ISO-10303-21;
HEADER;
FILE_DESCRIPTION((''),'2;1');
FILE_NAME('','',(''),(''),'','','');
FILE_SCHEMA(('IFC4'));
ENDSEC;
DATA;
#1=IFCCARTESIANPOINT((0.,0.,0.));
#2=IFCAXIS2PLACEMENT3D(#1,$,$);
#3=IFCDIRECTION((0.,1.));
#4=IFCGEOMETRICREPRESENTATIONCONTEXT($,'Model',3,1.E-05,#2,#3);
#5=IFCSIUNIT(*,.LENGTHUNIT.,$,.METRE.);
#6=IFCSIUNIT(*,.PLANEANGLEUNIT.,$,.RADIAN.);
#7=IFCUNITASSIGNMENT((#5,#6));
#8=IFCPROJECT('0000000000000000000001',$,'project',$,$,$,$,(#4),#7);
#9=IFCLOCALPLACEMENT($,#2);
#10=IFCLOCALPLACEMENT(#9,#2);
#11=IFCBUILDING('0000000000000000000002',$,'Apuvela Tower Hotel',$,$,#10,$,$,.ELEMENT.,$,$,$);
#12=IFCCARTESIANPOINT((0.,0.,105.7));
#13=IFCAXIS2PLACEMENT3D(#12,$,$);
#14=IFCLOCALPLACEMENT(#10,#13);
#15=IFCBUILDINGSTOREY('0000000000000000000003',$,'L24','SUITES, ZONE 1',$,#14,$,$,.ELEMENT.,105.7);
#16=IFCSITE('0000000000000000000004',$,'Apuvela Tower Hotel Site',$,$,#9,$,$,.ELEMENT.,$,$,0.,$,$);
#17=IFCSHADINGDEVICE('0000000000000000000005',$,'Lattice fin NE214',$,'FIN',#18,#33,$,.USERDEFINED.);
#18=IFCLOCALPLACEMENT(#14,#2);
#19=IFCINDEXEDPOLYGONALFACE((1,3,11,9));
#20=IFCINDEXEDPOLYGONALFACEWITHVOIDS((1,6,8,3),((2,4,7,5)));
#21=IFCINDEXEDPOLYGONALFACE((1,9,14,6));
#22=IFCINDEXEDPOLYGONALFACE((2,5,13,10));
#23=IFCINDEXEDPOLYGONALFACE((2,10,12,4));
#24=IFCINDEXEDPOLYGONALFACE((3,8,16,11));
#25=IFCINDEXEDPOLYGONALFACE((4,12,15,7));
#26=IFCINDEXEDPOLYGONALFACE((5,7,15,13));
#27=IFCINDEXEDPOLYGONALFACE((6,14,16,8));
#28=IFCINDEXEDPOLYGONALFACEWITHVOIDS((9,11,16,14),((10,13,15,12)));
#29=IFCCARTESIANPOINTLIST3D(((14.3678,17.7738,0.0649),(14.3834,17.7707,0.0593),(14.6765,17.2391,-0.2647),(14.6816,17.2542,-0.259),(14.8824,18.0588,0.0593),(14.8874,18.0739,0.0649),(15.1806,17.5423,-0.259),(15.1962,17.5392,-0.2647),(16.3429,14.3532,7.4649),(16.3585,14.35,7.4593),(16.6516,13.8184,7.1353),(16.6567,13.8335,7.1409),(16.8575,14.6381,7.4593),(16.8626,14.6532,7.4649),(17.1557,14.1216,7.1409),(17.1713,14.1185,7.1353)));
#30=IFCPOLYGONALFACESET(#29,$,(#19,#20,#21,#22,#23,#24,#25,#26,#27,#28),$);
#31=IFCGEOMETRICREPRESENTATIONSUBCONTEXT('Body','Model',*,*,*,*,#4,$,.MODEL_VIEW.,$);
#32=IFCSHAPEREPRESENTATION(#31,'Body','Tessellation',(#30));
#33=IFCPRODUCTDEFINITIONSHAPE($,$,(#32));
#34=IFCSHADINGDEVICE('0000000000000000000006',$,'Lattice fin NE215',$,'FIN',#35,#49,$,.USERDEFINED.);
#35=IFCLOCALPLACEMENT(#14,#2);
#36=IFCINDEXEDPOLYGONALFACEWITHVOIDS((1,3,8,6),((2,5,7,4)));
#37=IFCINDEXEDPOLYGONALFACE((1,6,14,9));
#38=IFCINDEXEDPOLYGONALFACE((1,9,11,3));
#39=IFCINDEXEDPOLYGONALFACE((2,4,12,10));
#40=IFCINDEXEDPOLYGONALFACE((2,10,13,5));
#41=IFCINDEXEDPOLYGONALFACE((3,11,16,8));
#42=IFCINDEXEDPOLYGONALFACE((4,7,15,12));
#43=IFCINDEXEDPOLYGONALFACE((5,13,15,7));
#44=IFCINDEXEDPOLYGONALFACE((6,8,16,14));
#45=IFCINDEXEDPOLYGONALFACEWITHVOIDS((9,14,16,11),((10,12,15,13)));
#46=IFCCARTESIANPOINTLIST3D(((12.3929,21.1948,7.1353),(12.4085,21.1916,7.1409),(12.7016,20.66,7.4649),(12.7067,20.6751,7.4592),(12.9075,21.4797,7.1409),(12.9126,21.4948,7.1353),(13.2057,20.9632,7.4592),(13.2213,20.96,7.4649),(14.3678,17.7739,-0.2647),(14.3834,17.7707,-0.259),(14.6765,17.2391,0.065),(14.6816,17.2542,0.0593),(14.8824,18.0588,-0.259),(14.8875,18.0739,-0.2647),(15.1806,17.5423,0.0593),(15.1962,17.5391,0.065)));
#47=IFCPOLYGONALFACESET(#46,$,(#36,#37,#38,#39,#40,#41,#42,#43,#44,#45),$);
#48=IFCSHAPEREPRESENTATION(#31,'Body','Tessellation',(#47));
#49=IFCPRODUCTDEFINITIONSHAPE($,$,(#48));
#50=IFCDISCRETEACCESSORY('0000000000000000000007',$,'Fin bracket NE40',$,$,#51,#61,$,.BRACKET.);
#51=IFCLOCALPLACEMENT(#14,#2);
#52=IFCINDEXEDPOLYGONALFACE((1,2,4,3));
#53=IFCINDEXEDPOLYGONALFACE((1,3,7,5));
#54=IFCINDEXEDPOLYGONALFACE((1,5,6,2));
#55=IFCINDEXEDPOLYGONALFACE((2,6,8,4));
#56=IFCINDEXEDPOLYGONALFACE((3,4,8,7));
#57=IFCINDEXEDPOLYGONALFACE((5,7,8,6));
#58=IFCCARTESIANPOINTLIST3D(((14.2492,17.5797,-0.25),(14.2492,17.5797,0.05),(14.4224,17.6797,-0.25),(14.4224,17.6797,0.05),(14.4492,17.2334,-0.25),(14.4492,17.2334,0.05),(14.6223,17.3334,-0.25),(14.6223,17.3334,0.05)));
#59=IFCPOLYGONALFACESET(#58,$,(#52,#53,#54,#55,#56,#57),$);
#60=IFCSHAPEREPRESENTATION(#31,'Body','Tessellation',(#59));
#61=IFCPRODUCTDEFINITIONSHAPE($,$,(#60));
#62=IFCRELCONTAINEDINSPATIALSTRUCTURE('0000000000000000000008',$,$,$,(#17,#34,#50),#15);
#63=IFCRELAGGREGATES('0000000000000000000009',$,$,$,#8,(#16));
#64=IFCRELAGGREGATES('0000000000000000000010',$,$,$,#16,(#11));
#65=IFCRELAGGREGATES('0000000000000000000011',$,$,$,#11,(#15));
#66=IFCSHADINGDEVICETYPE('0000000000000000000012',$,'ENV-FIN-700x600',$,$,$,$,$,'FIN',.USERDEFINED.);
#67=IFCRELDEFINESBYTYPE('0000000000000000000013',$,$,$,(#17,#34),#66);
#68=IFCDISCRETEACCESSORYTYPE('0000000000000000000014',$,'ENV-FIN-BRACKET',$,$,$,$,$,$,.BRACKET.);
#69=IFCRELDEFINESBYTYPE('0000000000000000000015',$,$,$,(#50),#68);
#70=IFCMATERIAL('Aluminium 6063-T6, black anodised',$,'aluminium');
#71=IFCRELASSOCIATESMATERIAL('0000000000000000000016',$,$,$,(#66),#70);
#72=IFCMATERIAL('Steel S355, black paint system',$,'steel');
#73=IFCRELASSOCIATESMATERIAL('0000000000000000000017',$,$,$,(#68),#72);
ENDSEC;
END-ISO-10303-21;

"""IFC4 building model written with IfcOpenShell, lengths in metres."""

from ifc_helpers import new_model, si_unit, direction, frame, origin, origin_2d, place, context, subcontext, project, spatial, rectangle, hollow_rectangle, extrude, material, material_profile, profile_set, type_object, element, save


model = new_model("IFC4")

# Units and contexts
model_context = context("Model", 3, precision=1e-05, world=origin(), true_north=direction((0.0, 1.0)))
body_context = subcontext(model_context, "Body", "Model", "MODEL_VIEW")
ifc_project = project(units=[si_unit("LENGTHUNIT", "METRE"), si_unit("PLANEANGLEUNIT", "RADIAN")], contexts=[model_context])

# Site, building, storey
site_placement = place(None, origin())
site = spatial("IfcSite", under=ifc_project, at=site_placement, Name="Apuvela Tower Hotel Site", CompositionType="ELEMENT", RefElevation=0.0)
building_placement = place(site_placement, origin())
building = spatial("IfcBuilding", under=site, at=building_placement, Name="Apuvela Tower Hotel", CompositionType="ELEMENT")
storey_placement = place(building_placement, frame((0.0, 0.0, 105.7)))
storey = spatial("IfcBuildingStorey", under=building, at=storey_placement, Name="L24", Description="SUITES, ZONE 1", CompositionType="ELEMENT", Elevation=105.7)

# Shading devices
ifc_material_1 = material(Name="Aluminium 6063-T6, black anodised", Category="aluminium")
ifc_material_profile_1 = material_profile(ifc_material_1, hollow_rectangle(XDim=0.6001, YDim=0.7, WallThickness=0.012, at=origin_2d()), Name="AL BOX 700x600x12")
ifc_profile_set_1 = profile_set([ifc_material_profile_1], Name="Aluminium 6063-T6, black anodised")
shading_device_type = type_object("IfcShadingDeviceType", Name="ENV-FIN-700x600", ElementType="FIN", PredefinedType="USERDEFINED", material=ifc_profile_set_1)
for number, where, z_axis, x_axis, name in (
    (1, (14.782, 17.6565, -0.0999), (0.235464, -0.407798, 0.882189), (0.866005, 0.500035, 0.0), "Lattice fin NE214"),
    (2, (14.782, 17.6565, -0.0999), (-0.235434, 0.407825, 0.882185), (-0.866048, -0.499961, 0.0), "Lattice fin NE215"),
):
    element("IfcShadingDevice", number, at=place(storey_placement, frame(where, z_axis=z_axis, x_axis=x_axis)), inside=storey, type_object=shading_device_type, Name=name, ObjectType="FIN", PredefinedType="USERDEFINED", context=body_context, shape_type="SweptSolid", body=[
        extrude(hollow_rectangle(XDim=0.6001, YDim=0.7, WallThickness=0.012, at=origin_2d()), origin(), (0.0, 0.0, 1.0), 8.3882),
    ])

# Discrete accessory
ifc_material_2 = material(Name="Steel S355, black paint system", Category="steel")
discrete_accessory_type = type_object("IfcDiscreteAccessoryType", Name="ENV-FIN-BRACKET", PredefinedType="BRACKET", material=ifc_material_2)
discrete_accessory_placement = place(storey_placement, frame((14.4358, 17.4565, -0.25), z_axis=(0.0, 0.0, 1.0), x_axis=(-0.5, 0.866025, 0.0)))
element("IfcDiscreteAccessory", 3, at=discrete_accessory_placement, inside=storey, type_object=discrete_accessory_type, Name="Fin bracket NE40", PredefinedType="BRACKET", context=body_context, shape_type="SweptSolid", body=[
    extrude(rectangle(XDim=0.3999, YDim=0.2, at=origin_2d()), origin(), (0.0, 0.0, 1.0), 0.3),
])

save(model, "model.ifc")
